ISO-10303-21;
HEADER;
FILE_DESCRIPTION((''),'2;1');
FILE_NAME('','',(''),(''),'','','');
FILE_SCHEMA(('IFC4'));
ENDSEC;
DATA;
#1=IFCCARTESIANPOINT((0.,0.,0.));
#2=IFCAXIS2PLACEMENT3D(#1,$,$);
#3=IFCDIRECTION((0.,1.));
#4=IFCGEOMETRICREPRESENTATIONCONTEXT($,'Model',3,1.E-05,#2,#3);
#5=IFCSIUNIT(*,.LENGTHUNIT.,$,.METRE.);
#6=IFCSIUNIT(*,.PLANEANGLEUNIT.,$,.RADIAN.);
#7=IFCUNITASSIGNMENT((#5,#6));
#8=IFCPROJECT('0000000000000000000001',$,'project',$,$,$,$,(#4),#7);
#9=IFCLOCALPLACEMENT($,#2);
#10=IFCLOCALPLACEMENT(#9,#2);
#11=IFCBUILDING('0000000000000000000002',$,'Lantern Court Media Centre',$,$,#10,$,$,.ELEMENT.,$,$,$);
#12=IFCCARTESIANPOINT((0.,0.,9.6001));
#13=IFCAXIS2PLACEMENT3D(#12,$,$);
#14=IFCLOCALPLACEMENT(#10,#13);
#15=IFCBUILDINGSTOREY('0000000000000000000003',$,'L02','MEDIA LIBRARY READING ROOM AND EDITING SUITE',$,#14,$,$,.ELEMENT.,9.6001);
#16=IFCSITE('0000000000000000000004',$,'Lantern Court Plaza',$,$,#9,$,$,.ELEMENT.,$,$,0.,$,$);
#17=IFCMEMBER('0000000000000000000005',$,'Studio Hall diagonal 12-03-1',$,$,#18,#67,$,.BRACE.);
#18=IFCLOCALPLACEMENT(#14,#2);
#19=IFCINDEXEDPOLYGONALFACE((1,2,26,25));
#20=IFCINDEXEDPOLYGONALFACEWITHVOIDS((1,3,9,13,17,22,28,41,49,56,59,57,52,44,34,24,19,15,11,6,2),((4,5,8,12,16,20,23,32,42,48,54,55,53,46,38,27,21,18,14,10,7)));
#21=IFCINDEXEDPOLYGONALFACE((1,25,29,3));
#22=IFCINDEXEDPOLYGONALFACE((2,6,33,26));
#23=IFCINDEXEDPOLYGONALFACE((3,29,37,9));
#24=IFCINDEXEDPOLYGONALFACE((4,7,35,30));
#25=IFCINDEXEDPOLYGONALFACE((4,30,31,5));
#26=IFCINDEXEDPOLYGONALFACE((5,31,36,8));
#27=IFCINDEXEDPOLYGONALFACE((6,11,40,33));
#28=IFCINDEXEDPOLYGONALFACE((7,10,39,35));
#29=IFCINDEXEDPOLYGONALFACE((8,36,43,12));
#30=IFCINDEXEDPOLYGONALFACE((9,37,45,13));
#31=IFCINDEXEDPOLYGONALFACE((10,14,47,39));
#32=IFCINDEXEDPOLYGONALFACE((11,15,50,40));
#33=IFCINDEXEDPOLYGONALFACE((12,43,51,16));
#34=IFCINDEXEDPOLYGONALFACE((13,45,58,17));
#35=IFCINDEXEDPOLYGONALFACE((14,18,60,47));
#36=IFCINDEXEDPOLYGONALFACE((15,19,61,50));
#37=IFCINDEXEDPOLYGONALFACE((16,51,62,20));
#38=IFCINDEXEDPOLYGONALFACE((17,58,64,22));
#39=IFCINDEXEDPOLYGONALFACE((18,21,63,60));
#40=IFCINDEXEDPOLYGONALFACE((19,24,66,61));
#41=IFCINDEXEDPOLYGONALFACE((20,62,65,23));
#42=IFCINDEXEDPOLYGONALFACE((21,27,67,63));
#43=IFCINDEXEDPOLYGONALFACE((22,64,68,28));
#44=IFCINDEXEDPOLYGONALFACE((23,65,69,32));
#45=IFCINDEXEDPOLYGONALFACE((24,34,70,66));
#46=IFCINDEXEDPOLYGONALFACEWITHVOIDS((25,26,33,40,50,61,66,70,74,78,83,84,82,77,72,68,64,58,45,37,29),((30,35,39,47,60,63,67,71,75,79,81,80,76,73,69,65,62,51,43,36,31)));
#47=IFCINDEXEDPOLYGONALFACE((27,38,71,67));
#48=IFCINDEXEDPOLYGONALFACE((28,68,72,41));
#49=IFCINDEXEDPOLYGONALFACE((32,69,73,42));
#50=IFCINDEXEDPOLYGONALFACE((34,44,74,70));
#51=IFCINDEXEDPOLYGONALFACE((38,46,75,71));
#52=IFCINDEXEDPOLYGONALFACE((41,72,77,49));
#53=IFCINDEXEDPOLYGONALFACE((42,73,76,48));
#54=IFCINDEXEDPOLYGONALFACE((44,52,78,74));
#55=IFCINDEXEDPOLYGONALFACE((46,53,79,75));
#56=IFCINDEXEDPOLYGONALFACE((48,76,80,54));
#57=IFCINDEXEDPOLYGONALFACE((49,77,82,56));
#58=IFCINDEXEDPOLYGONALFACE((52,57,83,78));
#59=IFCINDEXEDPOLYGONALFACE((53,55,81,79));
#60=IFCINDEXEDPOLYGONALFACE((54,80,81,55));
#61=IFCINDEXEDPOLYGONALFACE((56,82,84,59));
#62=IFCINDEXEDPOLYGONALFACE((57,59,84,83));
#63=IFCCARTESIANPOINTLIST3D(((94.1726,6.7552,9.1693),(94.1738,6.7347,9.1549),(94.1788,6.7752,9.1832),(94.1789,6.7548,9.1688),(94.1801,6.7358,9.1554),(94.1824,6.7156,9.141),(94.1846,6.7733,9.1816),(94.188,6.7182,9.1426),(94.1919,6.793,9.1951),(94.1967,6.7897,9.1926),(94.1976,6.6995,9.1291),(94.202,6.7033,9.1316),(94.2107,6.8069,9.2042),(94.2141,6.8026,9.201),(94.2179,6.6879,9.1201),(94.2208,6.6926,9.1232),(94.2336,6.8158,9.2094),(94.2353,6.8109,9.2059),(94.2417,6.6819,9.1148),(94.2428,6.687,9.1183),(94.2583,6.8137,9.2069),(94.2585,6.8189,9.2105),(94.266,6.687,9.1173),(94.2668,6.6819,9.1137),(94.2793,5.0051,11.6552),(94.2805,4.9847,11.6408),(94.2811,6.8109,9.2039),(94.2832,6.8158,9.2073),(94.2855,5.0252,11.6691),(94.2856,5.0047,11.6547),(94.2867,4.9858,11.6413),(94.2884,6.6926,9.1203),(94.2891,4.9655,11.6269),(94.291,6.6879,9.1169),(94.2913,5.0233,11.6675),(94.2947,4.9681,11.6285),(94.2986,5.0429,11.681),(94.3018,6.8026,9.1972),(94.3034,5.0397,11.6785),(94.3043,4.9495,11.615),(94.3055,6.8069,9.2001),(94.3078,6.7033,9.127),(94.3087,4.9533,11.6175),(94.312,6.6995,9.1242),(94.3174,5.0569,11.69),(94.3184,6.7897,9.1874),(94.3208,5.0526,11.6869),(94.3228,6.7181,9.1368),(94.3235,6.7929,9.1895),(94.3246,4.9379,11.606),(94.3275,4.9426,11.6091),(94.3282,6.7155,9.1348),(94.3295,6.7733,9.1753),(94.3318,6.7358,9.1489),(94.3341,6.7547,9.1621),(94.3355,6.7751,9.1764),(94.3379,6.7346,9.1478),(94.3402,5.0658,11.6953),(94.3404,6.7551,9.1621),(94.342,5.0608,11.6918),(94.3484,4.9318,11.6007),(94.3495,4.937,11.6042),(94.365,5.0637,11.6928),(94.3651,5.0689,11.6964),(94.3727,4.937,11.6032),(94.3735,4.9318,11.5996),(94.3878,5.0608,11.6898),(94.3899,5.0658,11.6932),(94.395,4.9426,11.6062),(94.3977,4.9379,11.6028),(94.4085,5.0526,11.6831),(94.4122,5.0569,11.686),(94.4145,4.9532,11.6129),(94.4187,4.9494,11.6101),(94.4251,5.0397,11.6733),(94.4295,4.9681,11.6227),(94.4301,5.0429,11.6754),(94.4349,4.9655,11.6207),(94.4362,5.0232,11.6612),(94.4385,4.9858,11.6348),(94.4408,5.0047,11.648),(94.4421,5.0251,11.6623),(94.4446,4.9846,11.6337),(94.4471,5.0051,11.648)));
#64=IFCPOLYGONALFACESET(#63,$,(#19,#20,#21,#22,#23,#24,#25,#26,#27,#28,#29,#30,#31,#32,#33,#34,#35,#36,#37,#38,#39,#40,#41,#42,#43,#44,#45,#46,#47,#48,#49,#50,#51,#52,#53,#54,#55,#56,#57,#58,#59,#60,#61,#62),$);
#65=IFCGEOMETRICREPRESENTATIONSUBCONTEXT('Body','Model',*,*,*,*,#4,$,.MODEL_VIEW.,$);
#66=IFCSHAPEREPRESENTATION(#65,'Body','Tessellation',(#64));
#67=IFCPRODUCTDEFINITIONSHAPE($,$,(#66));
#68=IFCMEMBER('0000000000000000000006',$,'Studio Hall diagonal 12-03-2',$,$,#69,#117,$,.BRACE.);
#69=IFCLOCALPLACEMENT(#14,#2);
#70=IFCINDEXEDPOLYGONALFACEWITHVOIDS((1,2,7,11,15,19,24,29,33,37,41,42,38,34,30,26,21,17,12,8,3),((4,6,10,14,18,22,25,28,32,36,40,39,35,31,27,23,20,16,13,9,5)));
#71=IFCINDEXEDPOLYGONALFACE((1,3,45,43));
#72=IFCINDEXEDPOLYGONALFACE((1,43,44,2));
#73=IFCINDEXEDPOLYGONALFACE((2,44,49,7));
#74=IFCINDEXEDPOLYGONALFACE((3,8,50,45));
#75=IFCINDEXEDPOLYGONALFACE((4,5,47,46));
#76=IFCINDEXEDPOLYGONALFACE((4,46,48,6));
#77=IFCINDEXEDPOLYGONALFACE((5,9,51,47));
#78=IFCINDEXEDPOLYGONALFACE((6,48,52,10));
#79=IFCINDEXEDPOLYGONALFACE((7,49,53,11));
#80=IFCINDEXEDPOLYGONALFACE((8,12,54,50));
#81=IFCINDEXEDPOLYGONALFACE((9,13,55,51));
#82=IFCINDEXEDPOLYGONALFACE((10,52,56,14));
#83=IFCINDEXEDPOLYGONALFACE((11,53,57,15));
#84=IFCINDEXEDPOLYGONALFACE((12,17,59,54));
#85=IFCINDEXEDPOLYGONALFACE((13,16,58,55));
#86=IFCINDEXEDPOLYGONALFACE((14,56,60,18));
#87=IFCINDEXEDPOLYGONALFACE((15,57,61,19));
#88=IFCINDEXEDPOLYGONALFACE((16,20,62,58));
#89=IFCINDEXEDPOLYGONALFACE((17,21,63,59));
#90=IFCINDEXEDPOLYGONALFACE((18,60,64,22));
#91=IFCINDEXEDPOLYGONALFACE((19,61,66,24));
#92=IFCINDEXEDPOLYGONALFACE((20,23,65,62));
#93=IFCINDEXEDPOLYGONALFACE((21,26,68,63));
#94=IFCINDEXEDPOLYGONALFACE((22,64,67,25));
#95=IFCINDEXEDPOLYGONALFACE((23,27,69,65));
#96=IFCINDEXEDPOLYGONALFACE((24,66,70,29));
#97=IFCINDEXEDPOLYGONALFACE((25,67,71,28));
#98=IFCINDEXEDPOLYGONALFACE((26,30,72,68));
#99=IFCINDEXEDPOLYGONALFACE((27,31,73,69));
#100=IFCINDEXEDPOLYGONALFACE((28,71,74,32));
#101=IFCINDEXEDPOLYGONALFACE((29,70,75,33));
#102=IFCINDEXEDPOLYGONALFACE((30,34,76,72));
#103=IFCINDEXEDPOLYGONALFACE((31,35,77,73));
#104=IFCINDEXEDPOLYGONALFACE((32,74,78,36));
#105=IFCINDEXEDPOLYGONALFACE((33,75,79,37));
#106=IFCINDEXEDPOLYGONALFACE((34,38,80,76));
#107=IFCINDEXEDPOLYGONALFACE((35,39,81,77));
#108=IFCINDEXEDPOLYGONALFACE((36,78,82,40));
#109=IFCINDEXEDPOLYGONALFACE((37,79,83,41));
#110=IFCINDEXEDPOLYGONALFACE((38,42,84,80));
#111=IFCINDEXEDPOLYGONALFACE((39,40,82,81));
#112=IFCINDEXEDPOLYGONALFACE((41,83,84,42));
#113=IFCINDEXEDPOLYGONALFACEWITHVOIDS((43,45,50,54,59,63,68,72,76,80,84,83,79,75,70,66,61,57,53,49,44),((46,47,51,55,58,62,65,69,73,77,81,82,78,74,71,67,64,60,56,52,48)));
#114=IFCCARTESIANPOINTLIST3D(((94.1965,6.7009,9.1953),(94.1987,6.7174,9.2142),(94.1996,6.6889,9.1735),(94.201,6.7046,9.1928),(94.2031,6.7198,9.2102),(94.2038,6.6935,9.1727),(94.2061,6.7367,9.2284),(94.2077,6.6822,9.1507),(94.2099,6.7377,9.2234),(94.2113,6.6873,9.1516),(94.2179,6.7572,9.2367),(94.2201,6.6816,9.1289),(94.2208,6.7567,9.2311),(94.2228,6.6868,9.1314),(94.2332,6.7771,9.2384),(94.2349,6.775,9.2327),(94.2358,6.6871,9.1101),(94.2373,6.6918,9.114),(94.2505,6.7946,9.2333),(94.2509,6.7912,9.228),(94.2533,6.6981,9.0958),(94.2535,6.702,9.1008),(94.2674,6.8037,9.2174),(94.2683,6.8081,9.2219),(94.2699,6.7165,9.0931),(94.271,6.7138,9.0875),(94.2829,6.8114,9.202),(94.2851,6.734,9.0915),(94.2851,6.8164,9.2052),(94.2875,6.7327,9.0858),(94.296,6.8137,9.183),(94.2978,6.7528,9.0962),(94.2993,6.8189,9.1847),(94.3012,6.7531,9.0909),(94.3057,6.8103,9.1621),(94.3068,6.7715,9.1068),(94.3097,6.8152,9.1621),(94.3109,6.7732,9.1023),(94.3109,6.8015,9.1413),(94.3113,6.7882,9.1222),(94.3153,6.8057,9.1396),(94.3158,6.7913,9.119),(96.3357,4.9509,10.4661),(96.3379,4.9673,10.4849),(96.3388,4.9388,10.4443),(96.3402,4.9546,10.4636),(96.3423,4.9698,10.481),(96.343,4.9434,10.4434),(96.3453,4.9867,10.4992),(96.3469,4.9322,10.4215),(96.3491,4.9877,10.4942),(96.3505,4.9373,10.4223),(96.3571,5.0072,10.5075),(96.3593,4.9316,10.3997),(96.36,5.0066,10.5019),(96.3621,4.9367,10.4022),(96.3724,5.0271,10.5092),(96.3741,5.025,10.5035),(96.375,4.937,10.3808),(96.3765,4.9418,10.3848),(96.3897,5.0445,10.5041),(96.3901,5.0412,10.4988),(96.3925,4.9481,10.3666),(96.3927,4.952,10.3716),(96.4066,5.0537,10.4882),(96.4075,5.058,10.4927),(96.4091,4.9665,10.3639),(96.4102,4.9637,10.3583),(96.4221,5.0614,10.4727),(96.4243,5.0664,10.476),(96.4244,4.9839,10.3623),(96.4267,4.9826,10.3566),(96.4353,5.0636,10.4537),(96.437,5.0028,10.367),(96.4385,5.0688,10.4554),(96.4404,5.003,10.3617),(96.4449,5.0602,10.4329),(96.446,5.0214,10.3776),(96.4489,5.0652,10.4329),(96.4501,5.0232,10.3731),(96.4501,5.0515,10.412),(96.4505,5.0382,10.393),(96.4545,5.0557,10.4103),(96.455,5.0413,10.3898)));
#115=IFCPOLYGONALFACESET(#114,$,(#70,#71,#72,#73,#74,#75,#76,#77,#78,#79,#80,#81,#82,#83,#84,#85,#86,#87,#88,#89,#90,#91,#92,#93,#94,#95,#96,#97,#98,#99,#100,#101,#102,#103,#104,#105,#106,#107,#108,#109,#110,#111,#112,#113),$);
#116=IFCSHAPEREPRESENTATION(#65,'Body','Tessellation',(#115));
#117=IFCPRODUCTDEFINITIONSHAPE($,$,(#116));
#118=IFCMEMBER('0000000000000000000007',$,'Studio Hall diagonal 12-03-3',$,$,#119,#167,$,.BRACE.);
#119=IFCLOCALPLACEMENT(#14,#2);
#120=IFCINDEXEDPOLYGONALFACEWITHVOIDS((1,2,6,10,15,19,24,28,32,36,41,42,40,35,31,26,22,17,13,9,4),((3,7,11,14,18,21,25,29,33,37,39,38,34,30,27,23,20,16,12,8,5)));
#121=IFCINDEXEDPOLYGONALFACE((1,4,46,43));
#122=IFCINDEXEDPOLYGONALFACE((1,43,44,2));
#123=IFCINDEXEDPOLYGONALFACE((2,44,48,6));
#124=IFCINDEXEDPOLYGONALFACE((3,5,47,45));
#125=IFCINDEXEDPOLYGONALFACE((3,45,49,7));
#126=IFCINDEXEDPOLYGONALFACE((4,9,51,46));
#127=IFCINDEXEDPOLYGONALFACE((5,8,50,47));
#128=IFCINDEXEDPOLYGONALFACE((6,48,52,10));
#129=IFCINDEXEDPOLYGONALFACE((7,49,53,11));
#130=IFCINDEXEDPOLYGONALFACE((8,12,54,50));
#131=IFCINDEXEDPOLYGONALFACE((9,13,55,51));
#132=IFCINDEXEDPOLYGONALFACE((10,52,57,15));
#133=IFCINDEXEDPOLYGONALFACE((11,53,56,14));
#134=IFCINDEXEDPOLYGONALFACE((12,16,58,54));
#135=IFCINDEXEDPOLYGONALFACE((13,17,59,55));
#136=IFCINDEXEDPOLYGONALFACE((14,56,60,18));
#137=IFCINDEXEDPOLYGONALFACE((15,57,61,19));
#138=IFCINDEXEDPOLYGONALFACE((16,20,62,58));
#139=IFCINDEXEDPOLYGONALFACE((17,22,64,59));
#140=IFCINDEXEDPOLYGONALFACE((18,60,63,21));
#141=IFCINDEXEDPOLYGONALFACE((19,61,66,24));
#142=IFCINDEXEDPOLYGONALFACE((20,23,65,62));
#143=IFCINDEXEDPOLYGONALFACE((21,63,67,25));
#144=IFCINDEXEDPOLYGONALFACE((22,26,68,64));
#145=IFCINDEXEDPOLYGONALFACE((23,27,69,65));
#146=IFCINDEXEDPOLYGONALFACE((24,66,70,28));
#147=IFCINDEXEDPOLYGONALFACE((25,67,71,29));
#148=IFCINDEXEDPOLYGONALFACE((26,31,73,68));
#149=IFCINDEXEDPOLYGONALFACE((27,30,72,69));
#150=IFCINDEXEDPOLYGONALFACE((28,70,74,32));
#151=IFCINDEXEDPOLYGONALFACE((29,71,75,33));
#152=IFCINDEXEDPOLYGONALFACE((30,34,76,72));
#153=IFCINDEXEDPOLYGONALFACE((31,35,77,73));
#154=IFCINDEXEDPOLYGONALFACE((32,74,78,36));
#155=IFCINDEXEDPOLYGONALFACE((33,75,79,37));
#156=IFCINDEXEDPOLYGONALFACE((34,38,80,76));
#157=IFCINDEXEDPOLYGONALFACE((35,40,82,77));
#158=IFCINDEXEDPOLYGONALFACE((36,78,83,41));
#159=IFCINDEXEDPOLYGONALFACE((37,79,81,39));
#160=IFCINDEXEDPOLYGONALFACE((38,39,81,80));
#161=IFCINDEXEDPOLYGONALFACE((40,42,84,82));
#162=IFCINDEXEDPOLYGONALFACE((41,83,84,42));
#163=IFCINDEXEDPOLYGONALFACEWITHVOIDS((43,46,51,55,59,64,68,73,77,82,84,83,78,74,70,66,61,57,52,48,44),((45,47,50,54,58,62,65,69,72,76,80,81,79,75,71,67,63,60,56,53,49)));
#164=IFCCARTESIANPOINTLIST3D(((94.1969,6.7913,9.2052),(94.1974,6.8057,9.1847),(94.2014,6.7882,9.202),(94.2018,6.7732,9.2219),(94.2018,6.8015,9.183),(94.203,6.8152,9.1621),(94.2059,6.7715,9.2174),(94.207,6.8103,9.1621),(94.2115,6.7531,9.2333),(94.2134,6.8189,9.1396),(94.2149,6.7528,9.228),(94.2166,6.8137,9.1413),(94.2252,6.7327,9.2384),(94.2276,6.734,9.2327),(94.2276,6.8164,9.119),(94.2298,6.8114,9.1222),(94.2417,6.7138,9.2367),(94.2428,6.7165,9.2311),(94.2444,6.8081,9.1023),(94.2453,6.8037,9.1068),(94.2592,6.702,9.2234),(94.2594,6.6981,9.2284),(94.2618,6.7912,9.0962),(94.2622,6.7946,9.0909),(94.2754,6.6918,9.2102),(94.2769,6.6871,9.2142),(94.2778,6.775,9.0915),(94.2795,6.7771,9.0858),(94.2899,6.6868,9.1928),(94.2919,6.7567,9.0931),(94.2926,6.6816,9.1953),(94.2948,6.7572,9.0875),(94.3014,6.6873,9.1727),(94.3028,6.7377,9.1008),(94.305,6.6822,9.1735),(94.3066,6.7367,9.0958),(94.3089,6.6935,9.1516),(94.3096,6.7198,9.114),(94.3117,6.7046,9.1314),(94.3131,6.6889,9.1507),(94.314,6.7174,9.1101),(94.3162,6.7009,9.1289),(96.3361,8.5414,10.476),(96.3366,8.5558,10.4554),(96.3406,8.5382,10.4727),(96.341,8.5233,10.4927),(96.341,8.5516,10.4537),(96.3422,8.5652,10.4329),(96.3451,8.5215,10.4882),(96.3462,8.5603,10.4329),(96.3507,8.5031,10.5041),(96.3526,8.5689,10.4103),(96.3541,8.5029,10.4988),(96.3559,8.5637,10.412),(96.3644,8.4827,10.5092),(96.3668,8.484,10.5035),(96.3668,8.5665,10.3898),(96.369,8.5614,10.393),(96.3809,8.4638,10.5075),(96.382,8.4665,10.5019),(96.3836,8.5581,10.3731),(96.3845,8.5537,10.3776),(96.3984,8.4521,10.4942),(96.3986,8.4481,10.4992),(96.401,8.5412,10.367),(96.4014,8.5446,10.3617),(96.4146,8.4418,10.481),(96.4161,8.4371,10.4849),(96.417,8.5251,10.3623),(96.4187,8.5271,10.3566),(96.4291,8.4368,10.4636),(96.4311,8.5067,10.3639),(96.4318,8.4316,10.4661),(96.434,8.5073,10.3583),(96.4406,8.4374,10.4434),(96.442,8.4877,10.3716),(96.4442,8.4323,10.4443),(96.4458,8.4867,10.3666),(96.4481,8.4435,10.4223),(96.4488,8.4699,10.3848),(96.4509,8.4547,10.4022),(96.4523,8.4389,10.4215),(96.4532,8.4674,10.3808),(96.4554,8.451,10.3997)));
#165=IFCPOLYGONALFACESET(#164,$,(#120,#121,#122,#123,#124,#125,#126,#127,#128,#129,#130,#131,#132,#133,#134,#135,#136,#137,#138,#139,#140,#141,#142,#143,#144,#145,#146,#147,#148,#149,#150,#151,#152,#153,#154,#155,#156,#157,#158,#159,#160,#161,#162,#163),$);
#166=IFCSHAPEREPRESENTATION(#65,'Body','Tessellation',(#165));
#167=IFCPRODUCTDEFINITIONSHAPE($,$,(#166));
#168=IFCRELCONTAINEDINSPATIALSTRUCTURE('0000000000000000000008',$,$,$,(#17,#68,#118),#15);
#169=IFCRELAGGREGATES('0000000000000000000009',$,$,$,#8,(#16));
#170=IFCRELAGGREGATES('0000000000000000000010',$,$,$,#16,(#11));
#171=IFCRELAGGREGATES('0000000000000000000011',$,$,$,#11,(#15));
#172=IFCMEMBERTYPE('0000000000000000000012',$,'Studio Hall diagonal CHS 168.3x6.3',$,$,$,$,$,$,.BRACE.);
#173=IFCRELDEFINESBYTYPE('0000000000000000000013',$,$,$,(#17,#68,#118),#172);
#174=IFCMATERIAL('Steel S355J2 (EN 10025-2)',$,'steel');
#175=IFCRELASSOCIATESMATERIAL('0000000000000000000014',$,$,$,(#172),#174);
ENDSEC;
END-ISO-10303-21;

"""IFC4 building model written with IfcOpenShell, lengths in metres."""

from ifc_helpers import new_model, si_unit, direction, frame, origin, origin_2d, place, context, subcontext, project, spatial, hollow_circle, extrude, material, material_profile, profile_set, type_object, element, save


model = new_model("IFC4")

# Units and contexts
model_context = context("Model", 3, precision=1e-05, world=origin(), true_north=direction((0.0, 1.0)))
body_context = subcontext(model_context, "Body", "Model", "MODEL_VIEW")
ifc_project = project(units=[si_unit("LENGTHUNIT", "METRE"), si_unit("PLANEANGLEUNIT", "RADIAN")], contexts=[model_context])

# Site, building, storey
site_placement = place(None, origin())
site = spatial("IfcSite", under=ifc_project, at=site_placement, Name="Lantern Court Plaza", CompositionType="ELEMENT", RefElevation=0.0)
building_placement = place(site_placement, origin())
building = spatial("IfcBuilding", under=site, at=building_placement, Name="Lantern Court Media Centre", CompositionType="ELEMENT")
storey_placement = place(building_placement, frame((0.0, 0.0, 9.6001)))
storey = spatial("IfcBuildingStorey", under=building, at=storey_placement, Name="L02", Description="MEDIA LIBRARY READING ROOM AND EDITING SUITE", CompositionType="ELEMENT", Elevation=9.6001)

# Members
ifc_material_1 = material(Name="Steel S355J2 (EN 10025-2)", Category="steel")
ifc_material_profile_1 = material_profile(ifc_material_1, hollow_circle(Radius=0.0842, WallThickness=0.0063, at=origin_2d()), Name="Studio Hall diagonal CHS 168.3x6.3")
ifc_profile_set_1 = profile_set([ifc_material_profile_1], Name="Steel S355J2 (EN 10025-2)")
member_type_1 = type_object("IfcMemberType", Name="Studio Hall diagonal CHS 168.3x6.3", PredefinedType="BRACE", material=ifc_profile_set_1)
for number, where, z_axis, x_axis, name in (
    (1, (94.2563, 6.75, 9.1621), (0.035073, -0.575294, 0.817194), (0.998147, 0.060852, 0.0), "Studio Hall diagonal 12-03-1"),
    (2, (94.2563, 6.75, 9.1621), (0.703225, -0.575293, 0.417746), (0.63319, 0.773997, 0.0), "Studio Hall diagonal 12-03-2"),
    (3, (94.2563, 6.75, 9.1621), (0.703225, 0.575293, 0.417746), (-0.63319, 0.773997, 0.0), "Studio Hall diagonal 12-03-3"),
):
    element("IfcMember", number, at=place(storey_placement, frame(where, z_axis=z_axis, x_axis=x_axis)), inside=storey, type_object=member_type_1, Name=name, PredefinedType="BRACE", context=body_context, shape_type="SweptSolid", body=[
        extrude(hollow_circle(Radius=0.0842, WallThickness=0.0063, at=origin_2d()), origin(), (0.0, 0.0, 1.0), 3.042),
    ])

save(model, "model.ifc")
